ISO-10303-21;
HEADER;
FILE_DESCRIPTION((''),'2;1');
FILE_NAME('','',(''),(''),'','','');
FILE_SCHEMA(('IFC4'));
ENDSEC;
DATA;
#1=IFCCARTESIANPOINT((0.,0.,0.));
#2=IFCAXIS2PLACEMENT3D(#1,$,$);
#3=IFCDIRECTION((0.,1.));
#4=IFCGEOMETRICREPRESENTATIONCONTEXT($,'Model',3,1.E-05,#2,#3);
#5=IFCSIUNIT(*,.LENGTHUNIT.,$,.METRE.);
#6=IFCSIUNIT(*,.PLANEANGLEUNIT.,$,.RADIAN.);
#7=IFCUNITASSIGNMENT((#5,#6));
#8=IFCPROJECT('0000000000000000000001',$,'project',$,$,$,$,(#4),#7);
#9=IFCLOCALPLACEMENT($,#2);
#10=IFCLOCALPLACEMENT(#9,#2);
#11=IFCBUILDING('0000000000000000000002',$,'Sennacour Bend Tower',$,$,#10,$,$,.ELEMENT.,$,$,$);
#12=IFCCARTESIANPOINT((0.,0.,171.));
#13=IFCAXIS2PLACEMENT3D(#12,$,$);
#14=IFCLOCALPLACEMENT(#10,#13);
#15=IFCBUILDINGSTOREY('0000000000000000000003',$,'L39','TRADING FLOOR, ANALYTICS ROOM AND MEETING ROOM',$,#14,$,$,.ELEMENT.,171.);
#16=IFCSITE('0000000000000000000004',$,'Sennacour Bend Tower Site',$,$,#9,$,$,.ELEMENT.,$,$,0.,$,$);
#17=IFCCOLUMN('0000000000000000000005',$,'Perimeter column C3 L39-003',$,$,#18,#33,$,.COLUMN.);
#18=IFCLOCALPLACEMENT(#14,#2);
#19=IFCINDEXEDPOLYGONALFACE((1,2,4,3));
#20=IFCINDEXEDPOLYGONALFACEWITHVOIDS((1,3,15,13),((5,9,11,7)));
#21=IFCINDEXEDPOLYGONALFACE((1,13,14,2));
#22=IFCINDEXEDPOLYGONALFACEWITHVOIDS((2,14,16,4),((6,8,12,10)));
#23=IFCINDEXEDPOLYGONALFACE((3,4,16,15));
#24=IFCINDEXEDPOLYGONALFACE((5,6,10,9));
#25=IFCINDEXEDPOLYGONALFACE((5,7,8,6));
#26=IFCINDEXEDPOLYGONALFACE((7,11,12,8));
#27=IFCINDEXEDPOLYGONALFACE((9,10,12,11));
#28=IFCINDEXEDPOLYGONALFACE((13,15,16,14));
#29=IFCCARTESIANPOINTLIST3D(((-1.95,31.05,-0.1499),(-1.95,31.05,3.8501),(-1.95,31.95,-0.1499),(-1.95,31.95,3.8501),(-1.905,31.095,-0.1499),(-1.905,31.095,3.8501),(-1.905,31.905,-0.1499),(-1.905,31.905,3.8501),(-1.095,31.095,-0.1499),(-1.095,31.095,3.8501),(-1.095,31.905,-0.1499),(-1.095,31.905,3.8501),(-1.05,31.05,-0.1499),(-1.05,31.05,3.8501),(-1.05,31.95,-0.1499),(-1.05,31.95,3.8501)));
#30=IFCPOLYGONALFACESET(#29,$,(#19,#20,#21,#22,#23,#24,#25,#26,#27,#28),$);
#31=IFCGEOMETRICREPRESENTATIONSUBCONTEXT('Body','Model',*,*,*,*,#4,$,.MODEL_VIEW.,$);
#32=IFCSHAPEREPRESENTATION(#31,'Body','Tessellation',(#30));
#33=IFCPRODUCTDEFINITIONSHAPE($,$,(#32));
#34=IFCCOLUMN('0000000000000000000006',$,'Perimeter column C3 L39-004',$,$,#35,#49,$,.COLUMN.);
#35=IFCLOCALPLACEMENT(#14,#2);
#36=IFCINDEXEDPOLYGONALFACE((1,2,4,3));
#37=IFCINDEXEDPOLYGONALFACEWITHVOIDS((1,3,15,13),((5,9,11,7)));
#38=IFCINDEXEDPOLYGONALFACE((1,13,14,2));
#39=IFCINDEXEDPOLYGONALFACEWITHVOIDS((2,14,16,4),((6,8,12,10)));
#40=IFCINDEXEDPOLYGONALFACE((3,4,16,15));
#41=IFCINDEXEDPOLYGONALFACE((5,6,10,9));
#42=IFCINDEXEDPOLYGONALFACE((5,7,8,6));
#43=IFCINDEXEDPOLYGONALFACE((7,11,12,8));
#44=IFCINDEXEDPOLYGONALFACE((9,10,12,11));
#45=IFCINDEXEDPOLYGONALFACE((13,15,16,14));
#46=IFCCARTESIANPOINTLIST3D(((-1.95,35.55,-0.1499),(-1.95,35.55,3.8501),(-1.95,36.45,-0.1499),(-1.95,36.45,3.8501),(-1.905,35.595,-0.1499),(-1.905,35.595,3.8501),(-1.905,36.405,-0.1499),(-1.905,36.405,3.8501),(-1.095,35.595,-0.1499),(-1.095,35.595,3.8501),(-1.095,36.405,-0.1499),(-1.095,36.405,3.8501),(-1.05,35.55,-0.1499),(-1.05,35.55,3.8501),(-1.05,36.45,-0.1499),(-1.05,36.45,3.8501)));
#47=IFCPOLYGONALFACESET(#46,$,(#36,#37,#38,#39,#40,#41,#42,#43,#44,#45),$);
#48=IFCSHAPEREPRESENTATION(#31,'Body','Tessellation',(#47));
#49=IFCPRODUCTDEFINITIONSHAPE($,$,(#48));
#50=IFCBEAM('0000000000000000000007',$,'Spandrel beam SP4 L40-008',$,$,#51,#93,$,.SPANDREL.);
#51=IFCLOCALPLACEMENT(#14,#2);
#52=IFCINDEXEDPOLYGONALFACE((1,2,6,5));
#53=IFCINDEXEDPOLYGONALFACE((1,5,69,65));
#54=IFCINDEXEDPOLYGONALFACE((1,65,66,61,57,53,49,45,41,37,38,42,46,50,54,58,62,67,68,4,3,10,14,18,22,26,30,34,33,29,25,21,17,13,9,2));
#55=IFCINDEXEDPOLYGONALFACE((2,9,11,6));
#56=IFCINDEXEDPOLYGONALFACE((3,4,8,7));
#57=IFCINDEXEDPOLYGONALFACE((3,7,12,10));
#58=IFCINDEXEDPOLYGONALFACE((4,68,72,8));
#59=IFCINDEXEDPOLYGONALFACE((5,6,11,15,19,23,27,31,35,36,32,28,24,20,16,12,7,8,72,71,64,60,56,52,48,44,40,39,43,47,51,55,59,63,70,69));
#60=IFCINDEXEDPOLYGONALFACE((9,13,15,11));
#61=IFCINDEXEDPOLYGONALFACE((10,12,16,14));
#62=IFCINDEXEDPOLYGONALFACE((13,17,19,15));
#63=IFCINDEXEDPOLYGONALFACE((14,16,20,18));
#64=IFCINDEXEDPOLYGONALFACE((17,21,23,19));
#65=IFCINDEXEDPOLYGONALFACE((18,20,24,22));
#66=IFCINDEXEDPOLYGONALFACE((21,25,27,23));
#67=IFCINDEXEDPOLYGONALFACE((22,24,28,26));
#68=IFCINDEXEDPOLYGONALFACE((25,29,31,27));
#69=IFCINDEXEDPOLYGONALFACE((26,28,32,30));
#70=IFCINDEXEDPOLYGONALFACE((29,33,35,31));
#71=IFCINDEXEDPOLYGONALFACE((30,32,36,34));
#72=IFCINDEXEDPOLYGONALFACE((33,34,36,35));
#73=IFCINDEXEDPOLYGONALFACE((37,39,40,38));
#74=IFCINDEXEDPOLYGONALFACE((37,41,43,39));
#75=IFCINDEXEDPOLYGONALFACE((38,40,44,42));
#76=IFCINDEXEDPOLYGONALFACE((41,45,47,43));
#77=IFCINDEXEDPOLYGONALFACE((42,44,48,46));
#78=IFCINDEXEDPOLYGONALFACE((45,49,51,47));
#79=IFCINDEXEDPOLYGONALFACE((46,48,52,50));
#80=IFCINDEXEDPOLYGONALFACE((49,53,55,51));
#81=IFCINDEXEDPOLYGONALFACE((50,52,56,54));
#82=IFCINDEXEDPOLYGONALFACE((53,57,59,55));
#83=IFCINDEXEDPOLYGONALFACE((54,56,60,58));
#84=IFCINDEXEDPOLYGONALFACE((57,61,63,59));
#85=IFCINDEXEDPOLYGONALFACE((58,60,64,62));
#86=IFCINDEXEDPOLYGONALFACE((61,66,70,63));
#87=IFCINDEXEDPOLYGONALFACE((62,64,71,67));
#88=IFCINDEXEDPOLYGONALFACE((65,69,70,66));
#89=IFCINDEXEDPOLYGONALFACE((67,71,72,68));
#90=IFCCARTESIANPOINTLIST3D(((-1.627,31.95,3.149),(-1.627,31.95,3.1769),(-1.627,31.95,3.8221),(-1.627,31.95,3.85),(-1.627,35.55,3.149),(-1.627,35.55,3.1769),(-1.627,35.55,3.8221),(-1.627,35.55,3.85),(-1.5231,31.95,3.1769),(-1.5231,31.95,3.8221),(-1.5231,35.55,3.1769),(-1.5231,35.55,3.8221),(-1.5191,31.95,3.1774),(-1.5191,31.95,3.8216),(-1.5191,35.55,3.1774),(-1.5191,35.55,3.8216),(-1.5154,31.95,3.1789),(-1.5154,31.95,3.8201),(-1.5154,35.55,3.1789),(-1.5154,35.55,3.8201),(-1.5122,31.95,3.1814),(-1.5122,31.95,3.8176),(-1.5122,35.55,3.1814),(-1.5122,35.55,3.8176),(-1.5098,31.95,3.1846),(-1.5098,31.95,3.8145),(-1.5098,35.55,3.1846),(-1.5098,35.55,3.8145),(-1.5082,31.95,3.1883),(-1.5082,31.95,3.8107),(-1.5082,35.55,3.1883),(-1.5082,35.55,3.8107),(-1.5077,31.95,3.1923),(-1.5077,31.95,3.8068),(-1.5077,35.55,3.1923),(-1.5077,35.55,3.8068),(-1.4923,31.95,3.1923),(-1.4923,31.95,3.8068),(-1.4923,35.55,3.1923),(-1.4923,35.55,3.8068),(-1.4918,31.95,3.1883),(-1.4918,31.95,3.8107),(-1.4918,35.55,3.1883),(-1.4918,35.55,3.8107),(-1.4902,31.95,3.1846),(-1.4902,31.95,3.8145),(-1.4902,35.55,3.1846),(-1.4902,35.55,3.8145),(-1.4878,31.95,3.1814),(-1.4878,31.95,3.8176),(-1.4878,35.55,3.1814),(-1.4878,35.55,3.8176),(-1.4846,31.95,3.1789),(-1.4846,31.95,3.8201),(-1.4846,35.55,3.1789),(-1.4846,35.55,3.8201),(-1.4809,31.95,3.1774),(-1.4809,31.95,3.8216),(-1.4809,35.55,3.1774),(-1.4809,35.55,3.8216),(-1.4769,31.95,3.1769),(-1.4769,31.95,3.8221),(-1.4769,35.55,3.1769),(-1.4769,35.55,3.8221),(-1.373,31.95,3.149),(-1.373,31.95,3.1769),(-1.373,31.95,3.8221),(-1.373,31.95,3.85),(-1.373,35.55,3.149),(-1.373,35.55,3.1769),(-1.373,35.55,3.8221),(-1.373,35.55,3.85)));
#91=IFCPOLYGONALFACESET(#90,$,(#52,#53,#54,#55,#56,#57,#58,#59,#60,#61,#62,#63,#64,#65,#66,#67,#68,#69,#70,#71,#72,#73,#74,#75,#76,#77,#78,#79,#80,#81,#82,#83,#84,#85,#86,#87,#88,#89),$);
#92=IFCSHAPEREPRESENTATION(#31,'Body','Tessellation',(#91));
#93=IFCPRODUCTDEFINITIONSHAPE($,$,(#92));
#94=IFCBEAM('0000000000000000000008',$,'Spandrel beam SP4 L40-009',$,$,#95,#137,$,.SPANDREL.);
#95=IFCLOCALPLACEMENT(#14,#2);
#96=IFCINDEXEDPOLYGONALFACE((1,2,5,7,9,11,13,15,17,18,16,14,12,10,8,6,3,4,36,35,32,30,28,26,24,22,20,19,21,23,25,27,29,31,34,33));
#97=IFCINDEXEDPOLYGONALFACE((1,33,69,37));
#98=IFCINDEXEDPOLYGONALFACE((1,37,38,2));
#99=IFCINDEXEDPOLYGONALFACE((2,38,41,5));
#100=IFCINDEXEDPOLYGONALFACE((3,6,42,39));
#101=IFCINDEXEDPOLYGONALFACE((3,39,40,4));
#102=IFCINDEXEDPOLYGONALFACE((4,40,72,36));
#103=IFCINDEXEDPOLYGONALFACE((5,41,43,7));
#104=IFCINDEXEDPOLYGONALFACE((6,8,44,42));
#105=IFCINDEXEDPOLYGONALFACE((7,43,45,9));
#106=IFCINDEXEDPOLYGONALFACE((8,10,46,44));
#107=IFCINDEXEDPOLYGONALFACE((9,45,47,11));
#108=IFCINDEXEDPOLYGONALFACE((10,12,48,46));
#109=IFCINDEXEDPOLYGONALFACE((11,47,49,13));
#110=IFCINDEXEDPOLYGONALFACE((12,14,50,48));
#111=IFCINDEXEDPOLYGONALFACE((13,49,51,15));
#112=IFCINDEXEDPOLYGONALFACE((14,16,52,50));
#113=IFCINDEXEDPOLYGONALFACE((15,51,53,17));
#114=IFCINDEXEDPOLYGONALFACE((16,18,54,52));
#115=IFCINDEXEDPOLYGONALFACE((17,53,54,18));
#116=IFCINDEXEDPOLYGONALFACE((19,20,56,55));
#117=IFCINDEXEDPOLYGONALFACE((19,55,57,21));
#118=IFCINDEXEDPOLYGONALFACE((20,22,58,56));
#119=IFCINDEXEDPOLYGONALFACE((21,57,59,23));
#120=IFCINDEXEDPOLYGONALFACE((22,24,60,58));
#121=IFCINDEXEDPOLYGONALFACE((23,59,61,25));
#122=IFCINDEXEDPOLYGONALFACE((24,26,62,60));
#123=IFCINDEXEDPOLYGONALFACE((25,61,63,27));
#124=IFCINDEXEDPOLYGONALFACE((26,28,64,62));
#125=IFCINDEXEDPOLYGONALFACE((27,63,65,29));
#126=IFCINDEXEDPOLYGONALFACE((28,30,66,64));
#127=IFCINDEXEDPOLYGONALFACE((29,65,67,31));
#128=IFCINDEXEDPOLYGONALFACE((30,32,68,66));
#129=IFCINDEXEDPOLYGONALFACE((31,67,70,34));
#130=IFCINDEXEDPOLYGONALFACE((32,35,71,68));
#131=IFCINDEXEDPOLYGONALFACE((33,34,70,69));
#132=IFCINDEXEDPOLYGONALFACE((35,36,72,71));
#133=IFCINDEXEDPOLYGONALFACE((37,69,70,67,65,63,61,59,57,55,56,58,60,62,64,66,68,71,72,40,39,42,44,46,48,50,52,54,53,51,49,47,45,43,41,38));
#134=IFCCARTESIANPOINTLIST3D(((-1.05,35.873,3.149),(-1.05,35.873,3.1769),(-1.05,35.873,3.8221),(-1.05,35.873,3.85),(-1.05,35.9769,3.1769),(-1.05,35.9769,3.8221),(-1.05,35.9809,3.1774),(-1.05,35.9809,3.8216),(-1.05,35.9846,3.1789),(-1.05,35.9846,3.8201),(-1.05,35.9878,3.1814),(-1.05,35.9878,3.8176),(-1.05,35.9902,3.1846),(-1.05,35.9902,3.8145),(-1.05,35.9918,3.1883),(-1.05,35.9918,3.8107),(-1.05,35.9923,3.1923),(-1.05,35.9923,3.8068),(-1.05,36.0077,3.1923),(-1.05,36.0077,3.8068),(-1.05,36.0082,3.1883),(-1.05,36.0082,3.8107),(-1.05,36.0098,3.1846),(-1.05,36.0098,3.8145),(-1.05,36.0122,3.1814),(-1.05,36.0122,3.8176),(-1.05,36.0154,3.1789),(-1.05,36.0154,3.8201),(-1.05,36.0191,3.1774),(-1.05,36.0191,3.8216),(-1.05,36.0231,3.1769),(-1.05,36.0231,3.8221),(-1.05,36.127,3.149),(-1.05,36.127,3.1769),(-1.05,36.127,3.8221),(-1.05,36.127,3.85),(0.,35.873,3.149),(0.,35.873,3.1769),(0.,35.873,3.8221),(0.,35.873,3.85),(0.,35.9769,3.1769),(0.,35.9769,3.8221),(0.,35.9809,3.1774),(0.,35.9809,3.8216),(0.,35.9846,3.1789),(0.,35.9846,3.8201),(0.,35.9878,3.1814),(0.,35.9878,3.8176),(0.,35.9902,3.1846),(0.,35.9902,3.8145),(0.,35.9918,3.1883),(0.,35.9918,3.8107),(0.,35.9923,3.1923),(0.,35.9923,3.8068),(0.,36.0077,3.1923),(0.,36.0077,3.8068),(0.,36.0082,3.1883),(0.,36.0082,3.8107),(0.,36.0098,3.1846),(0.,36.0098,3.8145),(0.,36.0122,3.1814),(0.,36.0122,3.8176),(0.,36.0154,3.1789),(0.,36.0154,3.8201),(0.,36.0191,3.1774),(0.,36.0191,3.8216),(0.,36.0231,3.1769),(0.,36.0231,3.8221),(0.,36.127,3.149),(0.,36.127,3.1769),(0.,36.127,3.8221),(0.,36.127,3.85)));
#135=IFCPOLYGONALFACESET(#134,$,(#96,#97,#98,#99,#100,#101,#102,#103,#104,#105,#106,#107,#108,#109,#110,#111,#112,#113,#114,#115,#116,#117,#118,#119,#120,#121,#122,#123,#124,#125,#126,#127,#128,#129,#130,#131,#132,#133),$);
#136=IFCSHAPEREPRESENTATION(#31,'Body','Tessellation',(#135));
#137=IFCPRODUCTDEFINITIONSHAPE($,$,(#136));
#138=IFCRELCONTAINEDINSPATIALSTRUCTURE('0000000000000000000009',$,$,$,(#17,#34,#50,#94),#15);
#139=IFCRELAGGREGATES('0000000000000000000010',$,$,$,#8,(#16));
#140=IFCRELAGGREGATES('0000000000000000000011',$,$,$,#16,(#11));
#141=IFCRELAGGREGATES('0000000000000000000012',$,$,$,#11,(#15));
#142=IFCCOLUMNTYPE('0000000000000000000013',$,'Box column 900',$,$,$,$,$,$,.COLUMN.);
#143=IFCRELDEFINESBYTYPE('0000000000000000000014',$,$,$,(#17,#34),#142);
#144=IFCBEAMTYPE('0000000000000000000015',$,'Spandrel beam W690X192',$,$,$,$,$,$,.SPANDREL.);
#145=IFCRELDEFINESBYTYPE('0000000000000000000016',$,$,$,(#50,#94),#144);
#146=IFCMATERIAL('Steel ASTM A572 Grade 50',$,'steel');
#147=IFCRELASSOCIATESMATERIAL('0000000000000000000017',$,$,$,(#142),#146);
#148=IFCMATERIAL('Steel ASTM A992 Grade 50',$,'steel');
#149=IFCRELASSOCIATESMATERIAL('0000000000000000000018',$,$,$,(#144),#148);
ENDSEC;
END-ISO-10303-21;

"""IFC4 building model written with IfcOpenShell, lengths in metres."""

from ifc_helpers import new_model, si_unit, direction, frame, origin, origin_2d, place, context, subcontext, project, spatial, hollow_rectangle, i_section, extrude, material, material_profile, profile_set, type_object, element, save


model = new_model("IFC4")

# Units and contexts
model_context = context("Model", 3, precision=1e-05, world=origin(), true_north=direction((0.0, 1.0)))
body_context = subcontext(model_context, "Body", "Model", "MODEL_VIEW")
ifc_project = project(units=[si_unit("LENGTHUNIT", "METRE"), si_unit("PLANEANGLEUNIT", "RADIAN")], contexts=[model_context])

# Site, building, storey
site_placement = place(None, origin())
site = spatial("IfcSite", under=ifc_project, at=site_placement, Name="Sennacour Bend Tower Site", CompositionType="ELEMENT", RefElevation=0.0)
building_placement = place(site_placement, origin())
building = spatial("IfcBuilding", under=site, at=building_placement, Name="Sennacour Bend Tower", CompositionType="ELEMENT")
storey_placement = place(building_placement, frame((0.0, 0.0, 171.0)))
storey = spatial("IfcBuildingStorey", under=building, at=storey_placement, Name="L39", Description="TRADING FLOOR, ANALYTICS ROOM AND MEETING ROOM", CompositionType="ELEMENT", Elevation=171.0)

# Columns
ifc_material_1 = material(Name="Steel ASTM A572 Grade 50", Category="steel")
ifc_material_profile_1 = material_profile(ifc_material_1, hollow_rectangle(XDim=0.8999, YDim=0.8999, WallThickness=0.0449, at=origin_2d()), Name="Steel ASTM A572 Grade 50", Category="steel")
ifc_profile_set_1 = profile_set([ifc_material_profile_1], Name="Steel ASTM A572 Grade 50")
column_type = type_object("IfcColumnType", Name="Box column 900", PredefinedType="COLUMN", material=ifc_profile_set_1)
for number, where, z_axis, x_axis, name in (
    (1, (-1.5, 31.5, -0.1499), (0.0, 0.0, 1.0), (1.0, 0.0, 0.0), "Perimeter column C3 L39-003"),
    (2, (-1.5, 36.0, -0.1499), (0.0, 0.0, 1.0), (1.0, 0.0, 0.0), "Perimeter column C3 L39-004"),
):
    element("IfcColumn", number, at=place(storey_placement, frame(where, z_axis=z_axis, x_axis=x_axis)), inside=storey, type_object=column_type, Name=name, PredefinedType="COLUMN", context=body_context, shape_type="SweptSolid", body=[
        extrude(hollow_rectangle(XDim=0.8999, YDim=0.8999, WallThickness=0.0449, at=origin_2d()), origin(), (0.0, 0.0, 1.0), 4.0),
    ])

# Beams
ifc_material_2 = material(Name="Steel ASTM A992 Grade 50", Category="steel")
ifc_material_profile_2 = material_profile(ifc_material_2, i_section(OverallWidth=0.2539, OverallDepth=0.7009, WebThickness=0.0154, FlangeThickness=0.0278, FilletRadius=0.0154, at=origin_2d()), Name="Steel ASTM A992 Grade 50", Category="steel")
ifc_profile_set_2 = profile_set([ifc_material_profile_2], Name="Steel ASTM A992 Grade 50")
beam_type = type_object("IfcBeamType", Name="Spandrel beam W690X192", PredefinedType="SPANDREL", material=ifc_profile_set_2)
beam_1_placement = place(storey_placement, frame((-1.5, 31.95, 3.4995), z_axis=(0.0, 1.0, 0.0), x_axis=(-1.0, 0.0, 0.0)))
element("IfcBeam", 3, at=beam_1_placement, inside=storey, type_object=beam_type, Name="Spandrel beam SP4 L40-008", PredefinedType="SPANDREL", context=body_context, shape_type="SweptSolid", body=[
    extrude(i_section(OverallWidth=0.2539, OverallDepth=0.7009, WebThickness=0.0154, FlangeThickness=0.0278, FilletRadius=0.0154, at=origin_2d()), origin(), (0.0, 0.0, 1.0), 3.6001),
])
beam_2_placement = place(storey_placement, frame((-1.05, 36.0, 3.4995), z_axis=(1.0, 0.0, 0.0), x_axis=(0.0, 1.0, 0.0)))
element("IfcBeam", 4, at=beam_2_placement, inside=storey, type_object=beam_type, Name="Spandrel beam SP4 L40-009", PredefinedType="SPANDREL", context=body_context, shape_type="SweptSolid", body=[
    extrude(i_section(OverallWidth=0.2539, OverallDepth=0.7009, WebThickness=0.0154, FlangeThickness=0.0278, FilletRadius=0.0154, at=origin_2d()), origin(), (0.0, 0.0, 1.0), 1.05),
])

save(model, "model.ifc")
